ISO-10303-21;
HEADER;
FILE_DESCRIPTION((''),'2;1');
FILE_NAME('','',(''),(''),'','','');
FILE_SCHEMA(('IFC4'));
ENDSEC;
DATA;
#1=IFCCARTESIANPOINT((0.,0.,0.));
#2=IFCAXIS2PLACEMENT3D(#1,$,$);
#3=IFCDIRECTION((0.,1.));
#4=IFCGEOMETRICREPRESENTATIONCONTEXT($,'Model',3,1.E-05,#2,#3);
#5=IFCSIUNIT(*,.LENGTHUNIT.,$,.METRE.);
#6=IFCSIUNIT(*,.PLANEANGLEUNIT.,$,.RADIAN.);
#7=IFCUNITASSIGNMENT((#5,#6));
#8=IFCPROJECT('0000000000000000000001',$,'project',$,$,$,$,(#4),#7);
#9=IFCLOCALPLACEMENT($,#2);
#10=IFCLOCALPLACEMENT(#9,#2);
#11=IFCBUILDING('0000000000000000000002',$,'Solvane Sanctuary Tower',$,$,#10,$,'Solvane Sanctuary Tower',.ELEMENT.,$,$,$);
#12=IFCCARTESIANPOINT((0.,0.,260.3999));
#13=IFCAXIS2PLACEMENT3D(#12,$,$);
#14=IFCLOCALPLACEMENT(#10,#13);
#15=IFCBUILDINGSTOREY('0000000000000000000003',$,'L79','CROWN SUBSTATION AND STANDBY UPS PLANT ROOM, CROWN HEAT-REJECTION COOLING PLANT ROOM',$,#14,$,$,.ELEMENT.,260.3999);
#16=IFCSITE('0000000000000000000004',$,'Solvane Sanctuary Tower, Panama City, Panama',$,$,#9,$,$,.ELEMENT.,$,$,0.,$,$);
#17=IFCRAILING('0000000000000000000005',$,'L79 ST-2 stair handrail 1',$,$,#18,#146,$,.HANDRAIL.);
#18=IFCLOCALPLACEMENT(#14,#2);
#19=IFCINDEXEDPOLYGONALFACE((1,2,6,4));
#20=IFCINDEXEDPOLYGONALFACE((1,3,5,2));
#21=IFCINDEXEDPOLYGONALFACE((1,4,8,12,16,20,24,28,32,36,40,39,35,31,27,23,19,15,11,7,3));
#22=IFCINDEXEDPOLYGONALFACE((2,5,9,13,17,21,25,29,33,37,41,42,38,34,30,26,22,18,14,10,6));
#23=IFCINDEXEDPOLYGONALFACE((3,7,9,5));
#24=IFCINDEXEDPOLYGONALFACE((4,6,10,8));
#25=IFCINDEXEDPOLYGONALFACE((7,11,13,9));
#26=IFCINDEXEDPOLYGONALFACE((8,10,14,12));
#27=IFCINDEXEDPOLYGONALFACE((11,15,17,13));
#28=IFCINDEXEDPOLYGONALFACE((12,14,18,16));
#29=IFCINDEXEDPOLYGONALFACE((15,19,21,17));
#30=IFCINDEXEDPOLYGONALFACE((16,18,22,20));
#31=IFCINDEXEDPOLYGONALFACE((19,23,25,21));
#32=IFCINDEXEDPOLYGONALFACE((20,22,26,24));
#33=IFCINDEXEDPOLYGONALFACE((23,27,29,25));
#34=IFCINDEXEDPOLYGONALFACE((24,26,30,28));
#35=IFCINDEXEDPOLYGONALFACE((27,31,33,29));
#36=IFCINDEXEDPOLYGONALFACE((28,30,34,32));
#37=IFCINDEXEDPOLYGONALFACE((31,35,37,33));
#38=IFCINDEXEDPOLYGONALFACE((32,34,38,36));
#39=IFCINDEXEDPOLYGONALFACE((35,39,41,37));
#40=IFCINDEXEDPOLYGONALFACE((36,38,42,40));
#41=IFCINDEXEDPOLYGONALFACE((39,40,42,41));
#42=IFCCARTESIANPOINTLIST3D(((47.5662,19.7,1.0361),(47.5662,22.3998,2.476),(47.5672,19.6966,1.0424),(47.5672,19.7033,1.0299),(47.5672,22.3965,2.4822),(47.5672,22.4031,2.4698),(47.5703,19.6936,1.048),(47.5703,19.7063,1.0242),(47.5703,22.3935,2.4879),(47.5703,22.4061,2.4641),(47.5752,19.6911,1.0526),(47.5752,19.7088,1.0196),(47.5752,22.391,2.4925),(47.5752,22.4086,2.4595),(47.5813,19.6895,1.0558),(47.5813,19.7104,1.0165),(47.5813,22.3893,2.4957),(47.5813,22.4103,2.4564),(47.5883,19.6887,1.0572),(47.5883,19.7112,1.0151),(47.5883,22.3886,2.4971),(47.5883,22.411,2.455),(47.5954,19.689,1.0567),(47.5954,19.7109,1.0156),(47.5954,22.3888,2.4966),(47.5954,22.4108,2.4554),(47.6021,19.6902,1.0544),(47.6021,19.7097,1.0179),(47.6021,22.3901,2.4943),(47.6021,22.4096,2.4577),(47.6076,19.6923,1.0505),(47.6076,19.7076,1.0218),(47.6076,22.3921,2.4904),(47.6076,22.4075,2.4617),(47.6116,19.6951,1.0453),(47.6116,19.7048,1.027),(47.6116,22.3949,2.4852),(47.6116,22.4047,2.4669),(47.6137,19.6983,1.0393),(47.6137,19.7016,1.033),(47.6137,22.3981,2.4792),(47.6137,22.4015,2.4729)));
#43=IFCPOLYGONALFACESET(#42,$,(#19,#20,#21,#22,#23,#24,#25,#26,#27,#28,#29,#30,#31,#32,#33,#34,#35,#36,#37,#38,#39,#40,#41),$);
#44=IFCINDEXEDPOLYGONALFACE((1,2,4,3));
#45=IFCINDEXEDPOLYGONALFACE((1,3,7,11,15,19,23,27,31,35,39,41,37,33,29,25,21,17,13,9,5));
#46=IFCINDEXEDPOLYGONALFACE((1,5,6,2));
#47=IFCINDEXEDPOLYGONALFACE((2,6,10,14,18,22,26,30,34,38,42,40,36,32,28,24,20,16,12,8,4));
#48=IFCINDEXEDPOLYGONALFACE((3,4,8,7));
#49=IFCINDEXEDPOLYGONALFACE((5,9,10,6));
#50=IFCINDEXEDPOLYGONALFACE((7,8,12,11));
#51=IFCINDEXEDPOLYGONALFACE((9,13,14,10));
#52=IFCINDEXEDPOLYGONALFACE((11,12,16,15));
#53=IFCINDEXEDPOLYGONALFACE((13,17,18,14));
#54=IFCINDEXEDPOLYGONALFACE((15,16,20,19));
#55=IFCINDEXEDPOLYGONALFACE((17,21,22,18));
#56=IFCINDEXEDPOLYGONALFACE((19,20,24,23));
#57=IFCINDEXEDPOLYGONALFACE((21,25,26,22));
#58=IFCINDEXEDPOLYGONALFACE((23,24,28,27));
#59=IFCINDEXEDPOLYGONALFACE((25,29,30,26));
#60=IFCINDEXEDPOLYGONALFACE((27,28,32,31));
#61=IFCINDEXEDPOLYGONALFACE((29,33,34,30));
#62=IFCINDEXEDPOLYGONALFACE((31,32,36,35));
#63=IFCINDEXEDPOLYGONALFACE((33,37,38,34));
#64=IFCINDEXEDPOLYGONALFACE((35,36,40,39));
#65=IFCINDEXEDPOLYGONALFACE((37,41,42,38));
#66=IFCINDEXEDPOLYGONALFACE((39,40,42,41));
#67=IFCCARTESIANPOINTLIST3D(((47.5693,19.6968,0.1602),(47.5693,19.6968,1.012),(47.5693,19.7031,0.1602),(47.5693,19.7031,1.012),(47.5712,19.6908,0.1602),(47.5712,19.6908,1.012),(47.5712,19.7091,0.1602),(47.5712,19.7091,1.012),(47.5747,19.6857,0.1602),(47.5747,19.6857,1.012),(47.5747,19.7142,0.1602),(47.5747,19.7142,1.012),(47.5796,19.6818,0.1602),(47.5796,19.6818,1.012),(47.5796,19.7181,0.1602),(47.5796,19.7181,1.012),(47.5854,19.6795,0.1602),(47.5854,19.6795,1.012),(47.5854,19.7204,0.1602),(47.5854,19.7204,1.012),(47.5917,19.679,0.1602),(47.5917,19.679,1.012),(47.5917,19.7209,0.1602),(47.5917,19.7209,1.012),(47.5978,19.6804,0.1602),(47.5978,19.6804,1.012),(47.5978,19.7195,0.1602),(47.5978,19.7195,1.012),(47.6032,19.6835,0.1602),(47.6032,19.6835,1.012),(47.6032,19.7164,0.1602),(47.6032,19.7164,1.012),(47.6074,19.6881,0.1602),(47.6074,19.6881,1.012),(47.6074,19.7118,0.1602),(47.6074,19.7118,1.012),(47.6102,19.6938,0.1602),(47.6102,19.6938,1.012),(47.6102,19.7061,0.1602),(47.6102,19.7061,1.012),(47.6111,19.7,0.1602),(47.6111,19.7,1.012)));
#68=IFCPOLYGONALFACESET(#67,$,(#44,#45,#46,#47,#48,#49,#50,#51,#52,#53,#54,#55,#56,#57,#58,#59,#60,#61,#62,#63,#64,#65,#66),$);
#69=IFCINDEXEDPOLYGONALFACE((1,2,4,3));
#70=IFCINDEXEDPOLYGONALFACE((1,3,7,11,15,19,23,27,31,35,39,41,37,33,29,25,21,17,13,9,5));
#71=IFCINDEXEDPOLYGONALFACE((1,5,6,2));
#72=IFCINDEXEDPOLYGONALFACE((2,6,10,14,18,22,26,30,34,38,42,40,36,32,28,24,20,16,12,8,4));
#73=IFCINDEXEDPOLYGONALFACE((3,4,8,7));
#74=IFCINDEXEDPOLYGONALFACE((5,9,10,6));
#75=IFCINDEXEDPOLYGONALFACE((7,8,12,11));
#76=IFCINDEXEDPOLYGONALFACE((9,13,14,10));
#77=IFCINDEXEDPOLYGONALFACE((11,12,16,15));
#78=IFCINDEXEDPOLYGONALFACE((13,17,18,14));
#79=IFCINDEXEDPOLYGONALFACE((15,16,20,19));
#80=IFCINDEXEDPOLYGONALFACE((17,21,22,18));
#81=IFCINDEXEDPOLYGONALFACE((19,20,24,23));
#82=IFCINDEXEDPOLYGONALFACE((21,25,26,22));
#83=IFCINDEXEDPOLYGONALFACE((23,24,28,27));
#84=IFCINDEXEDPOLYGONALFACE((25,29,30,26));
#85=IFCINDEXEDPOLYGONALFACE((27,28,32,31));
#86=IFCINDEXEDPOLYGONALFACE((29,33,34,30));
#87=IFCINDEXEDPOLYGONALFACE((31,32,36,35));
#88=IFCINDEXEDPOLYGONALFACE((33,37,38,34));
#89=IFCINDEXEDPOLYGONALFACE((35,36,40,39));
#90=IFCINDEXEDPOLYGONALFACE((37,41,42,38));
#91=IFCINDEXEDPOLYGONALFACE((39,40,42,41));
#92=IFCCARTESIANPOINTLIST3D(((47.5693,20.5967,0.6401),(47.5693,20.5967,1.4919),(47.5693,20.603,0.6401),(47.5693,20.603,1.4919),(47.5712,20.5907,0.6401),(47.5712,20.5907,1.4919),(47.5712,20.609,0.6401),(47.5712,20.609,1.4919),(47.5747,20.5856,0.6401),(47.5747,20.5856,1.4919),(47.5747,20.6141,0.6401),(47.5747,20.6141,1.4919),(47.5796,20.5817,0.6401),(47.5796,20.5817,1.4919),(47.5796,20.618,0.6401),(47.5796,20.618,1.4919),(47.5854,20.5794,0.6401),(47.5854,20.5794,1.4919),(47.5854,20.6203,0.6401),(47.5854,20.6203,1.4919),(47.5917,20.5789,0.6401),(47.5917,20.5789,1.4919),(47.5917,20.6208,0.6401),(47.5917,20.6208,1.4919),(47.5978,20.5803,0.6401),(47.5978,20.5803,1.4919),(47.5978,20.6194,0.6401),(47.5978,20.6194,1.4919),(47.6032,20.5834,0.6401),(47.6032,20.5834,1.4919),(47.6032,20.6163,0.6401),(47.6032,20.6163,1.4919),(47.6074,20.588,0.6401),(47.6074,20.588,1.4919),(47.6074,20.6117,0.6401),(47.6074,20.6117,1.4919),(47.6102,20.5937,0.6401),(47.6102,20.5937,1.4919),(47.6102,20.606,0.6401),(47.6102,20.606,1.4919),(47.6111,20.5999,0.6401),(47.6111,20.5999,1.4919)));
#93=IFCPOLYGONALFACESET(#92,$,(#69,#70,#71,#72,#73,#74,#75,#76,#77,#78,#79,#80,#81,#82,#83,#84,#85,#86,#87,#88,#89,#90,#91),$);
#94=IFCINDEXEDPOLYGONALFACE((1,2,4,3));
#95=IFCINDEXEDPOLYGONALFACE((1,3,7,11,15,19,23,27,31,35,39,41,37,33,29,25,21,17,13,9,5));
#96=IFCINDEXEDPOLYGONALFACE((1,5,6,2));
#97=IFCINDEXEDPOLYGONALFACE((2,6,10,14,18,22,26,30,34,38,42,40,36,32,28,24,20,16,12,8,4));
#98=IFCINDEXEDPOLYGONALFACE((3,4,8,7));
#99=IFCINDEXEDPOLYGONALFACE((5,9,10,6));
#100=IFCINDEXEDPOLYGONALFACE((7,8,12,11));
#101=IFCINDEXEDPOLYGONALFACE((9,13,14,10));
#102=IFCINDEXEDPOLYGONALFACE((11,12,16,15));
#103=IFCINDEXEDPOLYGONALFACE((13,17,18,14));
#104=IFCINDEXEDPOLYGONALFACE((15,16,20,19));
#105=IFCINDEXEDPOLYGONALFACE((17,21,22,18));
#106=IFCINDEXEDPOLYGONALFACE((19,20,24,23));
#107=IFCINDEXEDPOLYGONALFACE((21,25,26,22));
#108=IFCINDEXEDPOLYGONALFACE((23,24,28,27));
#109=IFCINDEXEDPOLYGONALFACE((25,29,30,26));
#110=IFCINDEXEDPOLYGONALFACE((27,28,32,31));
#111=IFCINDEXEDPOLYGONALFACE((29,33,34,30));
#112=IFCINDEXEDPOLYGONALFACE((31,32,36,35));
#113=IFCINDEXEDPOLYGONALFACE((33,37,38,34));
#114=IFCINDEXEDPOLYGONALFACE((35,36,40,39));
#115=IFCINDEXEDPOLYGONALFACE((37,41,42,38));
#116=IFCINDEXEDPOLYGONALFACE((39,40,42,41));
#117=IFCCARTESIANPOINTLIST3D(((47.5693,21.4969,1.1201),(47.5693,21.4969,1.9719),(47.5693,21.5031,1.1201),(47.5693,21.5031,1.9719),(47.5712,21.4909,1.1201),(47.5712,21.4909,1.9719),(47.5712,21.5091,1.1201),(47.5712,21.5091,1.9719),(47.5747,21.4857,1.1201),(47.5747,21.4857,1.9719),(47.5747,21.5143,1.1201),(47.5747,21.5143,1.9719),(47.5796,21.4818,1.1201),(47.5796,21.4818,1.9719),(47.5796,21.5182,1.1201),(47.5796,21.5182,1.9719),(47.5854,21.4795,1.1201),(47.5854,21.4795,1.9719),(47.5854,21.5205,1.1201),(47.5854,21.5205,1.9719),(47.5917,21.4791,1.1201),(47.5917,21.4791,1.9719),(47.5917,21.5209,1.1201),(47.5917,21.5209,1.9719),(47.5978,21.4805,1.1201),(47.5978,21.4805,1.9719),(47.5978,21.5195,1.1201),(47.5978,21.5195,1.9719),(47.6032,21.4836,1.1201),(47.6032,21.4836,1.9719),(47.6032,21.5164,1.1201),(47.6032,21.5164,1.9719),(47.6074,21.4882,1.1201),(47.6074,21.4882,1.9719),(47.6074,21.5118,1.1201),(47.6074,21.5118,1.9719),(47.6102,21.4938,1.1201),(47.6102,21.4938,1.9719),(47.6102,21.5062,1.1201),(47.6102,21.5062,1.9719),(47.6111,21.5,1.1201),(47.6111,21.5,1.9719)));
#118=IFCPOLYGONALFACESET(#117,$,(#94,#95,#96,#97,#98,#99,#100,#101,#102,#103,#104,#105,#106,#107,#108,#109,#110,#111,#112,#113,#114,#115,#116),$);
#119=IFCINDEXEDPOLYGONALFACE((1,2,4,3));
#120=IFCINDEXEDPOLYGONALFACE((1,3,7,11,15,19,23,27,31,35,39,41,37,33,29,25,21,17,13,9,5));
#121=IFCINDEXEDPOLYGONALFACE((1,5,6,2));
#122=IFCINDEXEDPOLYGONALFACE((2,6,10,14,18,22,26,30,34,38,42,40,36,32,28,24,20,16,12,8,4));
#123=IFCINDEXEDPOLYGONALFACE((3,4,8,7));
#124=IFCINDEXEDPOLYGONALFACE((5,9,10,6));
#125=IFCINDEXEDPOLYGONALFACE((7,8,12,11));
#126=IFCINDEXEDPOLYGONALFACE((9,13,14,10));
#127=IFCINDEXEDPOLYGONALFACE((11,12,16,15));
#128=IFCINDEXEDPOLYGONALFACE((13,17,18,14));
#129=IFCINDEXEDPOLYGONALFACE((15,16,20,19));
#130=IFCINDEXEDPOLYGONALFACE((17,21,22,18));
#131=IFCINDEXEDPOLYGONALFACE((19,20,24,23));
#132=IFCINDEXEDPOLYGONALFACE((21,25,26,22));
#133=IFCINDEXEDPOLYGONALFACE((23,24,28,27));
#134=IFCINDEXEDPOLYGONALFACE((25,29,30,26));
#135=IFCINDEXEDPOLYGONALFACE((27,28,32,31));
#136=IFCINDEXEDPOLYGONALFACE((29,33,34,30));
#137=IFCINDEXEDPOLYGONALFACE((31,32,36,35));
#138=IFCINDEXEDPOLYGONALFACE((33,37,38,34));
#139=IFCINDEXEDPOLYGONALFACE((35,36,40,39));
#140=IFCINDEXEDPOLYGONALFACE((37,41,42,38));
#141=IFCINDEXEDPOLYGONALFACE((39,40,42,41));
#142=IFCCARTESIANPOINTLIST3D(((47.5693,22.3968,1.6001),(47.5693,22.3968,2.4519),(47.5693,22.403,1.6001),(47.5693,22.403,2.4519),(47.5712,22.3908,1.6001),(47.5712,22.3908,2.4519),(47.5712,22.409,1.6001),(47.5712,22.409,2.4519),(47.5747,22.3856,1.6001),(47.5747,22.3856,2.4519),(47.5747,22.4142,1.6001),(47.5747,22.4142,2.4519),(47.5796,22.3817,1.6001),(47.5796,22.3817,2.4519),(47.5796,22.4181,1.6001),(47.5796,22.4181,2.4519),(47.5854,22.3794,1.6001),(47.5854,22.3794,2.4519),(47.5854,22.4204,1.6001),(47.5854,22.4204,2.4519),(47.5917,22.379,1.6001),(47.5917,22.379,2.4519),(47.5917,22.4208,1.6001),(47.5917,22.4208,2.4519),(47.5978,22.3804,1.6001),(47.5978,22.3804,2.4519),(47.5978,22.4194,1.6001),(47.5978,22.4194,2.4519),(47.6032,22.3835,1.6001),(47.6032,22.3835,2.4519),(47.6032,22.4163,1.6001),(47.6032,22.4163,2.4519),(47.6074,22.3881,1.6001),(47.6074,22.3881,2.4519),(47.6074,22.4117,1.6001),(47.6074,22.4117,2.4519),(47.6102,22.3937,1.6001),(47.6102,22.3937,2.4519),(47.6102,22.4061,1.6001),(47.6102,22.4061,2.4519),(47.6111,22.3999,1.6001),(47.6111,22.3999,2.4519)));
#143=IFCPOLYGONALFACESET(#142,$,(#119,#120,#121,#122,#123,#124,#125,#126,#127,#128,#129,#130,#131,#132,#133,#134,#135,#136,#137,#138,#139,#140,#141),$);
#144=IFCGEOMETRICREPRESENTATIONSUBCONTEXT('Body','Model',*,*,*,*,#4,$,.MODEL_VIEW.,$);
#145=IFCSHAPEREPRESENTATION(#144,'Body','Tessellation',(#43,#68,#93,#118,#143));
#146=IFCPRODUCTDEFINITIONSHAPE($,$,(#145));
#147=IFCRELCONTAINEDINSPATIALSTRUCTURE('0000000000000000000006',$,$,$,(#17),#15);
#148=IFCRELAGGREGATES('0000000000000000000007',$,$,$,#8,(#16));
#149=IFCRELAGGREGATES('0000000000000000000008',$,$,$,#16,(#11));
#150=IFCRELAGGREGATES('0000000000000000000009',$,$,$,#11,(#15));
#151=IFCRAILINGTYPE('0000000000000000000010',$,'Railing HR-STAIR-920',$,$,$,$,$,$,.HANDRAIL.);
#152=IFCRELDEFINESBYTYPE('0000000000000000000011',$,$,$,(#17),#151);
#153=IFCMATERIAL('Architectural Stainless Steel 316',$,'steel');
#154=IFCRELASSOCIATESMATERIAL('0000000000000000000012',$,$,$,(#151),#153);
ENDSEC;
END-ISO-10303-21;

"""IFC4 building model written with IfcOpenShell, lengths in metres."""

from ifc_helpers import new_model, si_unit, direction, frame, origin, origin_2d, place, context, subcontext, project, spatial, circle, extrude, material, type_object, element, save


model = new_model("IFC4")

# Units and contexts
model_context = context("Model", 3, precision=1e-05, world=origin(), true_north=direction((0.0, 1.0)))
body_context = subcontext(model_context, "Body", "Model", "MODEL_VIEW")
ifc_project = project(units=[si_unit("LENGTHUNIT", "METRE"), si_unit("PLANEANGLEUNIT", "RADIAN")], contexts=[model_context])

# Site, building, storey
site_placement = place(None, origin())
site = spatial("IfcSite", under=ifc_project, at=site_placement, Name="Solvane Sanctuary Tower, Panama City, Panama", CompositionType="ELEMENT", RefElevation=0.0)
building_placement = place(site_placement, origin())
building = spatial("IfcBuilding", under=site, at=building_placement, Name="Solvane Sanctuary Tower", LongName="Solvane Sanctuary Tower", CompositionType="ELEMENT")
storey_placement = place(building_placement, frame((0.0, 0.0, 260.3999)))
storey = spatial("IfcBuildingStorey", under=building, at=storey_placement, Name="L79", Description="CROWN SUBSTATION AND STANDBY UPS PLANT ROOM, CROWN HEAT-REJECTION COOLING PLANT ROOM", CompositionType="ELEMENT", Elevation=260.3999)

# Shared definitions
ifc_material_1 = material(Name="Architectural Stainless Steel 316", Category="steel")

# Railing
railing_type_1 = type_object("IfcRailingType", Name="Railing HR-STAIR-920", PredefinedType="HANDRAIL", material=ifc_material_1)
railing_1_placement = place(storey_placement, frame((47.5901, 19.7, 0.1602)))
element("IfcRailing", 1, at=railing_1_placement, inside=storey, type_object=railing_type_1, Name="L79 ST-2 stair handrail 1", PredefinedType="HANDRAIL", context=body_context, shape_type="SweptSolid", body=[
    extrude(circle(Radius=0.0239, at=origin_2d()), frame((0.0, 0.0, 0.876), z_axis=(0.0, 0.882357, 0.47058), x_axis=(-1.0, 0.0, 0.0)), (0.0, 0.0, 1.0), 3.0598),
    extrude(circle(Radius=0.021, at=origin_2d()), origin(), (0.0, 0.0, 1.0), 0.8518),
    extrude(circle(Radius=0.021, at=origin_2d()), frame((0.0, 0.8999, 0.48)), (0.0, 0.0, 1.0), 0.8518),
    extrude(circle(Radius=0.021, at=origin_2d()), frame((0.0, 1.8, 0.96)), (0.0, 0.0, 1.0), 0.8518),
    extrude(circle(Radius=0.021, at=origin_2d()), frame((0.0, 2.7, 1.4399)), (0.0, 0.0, 1.0), 0.8518),
])

save(model, "model.ifc")
